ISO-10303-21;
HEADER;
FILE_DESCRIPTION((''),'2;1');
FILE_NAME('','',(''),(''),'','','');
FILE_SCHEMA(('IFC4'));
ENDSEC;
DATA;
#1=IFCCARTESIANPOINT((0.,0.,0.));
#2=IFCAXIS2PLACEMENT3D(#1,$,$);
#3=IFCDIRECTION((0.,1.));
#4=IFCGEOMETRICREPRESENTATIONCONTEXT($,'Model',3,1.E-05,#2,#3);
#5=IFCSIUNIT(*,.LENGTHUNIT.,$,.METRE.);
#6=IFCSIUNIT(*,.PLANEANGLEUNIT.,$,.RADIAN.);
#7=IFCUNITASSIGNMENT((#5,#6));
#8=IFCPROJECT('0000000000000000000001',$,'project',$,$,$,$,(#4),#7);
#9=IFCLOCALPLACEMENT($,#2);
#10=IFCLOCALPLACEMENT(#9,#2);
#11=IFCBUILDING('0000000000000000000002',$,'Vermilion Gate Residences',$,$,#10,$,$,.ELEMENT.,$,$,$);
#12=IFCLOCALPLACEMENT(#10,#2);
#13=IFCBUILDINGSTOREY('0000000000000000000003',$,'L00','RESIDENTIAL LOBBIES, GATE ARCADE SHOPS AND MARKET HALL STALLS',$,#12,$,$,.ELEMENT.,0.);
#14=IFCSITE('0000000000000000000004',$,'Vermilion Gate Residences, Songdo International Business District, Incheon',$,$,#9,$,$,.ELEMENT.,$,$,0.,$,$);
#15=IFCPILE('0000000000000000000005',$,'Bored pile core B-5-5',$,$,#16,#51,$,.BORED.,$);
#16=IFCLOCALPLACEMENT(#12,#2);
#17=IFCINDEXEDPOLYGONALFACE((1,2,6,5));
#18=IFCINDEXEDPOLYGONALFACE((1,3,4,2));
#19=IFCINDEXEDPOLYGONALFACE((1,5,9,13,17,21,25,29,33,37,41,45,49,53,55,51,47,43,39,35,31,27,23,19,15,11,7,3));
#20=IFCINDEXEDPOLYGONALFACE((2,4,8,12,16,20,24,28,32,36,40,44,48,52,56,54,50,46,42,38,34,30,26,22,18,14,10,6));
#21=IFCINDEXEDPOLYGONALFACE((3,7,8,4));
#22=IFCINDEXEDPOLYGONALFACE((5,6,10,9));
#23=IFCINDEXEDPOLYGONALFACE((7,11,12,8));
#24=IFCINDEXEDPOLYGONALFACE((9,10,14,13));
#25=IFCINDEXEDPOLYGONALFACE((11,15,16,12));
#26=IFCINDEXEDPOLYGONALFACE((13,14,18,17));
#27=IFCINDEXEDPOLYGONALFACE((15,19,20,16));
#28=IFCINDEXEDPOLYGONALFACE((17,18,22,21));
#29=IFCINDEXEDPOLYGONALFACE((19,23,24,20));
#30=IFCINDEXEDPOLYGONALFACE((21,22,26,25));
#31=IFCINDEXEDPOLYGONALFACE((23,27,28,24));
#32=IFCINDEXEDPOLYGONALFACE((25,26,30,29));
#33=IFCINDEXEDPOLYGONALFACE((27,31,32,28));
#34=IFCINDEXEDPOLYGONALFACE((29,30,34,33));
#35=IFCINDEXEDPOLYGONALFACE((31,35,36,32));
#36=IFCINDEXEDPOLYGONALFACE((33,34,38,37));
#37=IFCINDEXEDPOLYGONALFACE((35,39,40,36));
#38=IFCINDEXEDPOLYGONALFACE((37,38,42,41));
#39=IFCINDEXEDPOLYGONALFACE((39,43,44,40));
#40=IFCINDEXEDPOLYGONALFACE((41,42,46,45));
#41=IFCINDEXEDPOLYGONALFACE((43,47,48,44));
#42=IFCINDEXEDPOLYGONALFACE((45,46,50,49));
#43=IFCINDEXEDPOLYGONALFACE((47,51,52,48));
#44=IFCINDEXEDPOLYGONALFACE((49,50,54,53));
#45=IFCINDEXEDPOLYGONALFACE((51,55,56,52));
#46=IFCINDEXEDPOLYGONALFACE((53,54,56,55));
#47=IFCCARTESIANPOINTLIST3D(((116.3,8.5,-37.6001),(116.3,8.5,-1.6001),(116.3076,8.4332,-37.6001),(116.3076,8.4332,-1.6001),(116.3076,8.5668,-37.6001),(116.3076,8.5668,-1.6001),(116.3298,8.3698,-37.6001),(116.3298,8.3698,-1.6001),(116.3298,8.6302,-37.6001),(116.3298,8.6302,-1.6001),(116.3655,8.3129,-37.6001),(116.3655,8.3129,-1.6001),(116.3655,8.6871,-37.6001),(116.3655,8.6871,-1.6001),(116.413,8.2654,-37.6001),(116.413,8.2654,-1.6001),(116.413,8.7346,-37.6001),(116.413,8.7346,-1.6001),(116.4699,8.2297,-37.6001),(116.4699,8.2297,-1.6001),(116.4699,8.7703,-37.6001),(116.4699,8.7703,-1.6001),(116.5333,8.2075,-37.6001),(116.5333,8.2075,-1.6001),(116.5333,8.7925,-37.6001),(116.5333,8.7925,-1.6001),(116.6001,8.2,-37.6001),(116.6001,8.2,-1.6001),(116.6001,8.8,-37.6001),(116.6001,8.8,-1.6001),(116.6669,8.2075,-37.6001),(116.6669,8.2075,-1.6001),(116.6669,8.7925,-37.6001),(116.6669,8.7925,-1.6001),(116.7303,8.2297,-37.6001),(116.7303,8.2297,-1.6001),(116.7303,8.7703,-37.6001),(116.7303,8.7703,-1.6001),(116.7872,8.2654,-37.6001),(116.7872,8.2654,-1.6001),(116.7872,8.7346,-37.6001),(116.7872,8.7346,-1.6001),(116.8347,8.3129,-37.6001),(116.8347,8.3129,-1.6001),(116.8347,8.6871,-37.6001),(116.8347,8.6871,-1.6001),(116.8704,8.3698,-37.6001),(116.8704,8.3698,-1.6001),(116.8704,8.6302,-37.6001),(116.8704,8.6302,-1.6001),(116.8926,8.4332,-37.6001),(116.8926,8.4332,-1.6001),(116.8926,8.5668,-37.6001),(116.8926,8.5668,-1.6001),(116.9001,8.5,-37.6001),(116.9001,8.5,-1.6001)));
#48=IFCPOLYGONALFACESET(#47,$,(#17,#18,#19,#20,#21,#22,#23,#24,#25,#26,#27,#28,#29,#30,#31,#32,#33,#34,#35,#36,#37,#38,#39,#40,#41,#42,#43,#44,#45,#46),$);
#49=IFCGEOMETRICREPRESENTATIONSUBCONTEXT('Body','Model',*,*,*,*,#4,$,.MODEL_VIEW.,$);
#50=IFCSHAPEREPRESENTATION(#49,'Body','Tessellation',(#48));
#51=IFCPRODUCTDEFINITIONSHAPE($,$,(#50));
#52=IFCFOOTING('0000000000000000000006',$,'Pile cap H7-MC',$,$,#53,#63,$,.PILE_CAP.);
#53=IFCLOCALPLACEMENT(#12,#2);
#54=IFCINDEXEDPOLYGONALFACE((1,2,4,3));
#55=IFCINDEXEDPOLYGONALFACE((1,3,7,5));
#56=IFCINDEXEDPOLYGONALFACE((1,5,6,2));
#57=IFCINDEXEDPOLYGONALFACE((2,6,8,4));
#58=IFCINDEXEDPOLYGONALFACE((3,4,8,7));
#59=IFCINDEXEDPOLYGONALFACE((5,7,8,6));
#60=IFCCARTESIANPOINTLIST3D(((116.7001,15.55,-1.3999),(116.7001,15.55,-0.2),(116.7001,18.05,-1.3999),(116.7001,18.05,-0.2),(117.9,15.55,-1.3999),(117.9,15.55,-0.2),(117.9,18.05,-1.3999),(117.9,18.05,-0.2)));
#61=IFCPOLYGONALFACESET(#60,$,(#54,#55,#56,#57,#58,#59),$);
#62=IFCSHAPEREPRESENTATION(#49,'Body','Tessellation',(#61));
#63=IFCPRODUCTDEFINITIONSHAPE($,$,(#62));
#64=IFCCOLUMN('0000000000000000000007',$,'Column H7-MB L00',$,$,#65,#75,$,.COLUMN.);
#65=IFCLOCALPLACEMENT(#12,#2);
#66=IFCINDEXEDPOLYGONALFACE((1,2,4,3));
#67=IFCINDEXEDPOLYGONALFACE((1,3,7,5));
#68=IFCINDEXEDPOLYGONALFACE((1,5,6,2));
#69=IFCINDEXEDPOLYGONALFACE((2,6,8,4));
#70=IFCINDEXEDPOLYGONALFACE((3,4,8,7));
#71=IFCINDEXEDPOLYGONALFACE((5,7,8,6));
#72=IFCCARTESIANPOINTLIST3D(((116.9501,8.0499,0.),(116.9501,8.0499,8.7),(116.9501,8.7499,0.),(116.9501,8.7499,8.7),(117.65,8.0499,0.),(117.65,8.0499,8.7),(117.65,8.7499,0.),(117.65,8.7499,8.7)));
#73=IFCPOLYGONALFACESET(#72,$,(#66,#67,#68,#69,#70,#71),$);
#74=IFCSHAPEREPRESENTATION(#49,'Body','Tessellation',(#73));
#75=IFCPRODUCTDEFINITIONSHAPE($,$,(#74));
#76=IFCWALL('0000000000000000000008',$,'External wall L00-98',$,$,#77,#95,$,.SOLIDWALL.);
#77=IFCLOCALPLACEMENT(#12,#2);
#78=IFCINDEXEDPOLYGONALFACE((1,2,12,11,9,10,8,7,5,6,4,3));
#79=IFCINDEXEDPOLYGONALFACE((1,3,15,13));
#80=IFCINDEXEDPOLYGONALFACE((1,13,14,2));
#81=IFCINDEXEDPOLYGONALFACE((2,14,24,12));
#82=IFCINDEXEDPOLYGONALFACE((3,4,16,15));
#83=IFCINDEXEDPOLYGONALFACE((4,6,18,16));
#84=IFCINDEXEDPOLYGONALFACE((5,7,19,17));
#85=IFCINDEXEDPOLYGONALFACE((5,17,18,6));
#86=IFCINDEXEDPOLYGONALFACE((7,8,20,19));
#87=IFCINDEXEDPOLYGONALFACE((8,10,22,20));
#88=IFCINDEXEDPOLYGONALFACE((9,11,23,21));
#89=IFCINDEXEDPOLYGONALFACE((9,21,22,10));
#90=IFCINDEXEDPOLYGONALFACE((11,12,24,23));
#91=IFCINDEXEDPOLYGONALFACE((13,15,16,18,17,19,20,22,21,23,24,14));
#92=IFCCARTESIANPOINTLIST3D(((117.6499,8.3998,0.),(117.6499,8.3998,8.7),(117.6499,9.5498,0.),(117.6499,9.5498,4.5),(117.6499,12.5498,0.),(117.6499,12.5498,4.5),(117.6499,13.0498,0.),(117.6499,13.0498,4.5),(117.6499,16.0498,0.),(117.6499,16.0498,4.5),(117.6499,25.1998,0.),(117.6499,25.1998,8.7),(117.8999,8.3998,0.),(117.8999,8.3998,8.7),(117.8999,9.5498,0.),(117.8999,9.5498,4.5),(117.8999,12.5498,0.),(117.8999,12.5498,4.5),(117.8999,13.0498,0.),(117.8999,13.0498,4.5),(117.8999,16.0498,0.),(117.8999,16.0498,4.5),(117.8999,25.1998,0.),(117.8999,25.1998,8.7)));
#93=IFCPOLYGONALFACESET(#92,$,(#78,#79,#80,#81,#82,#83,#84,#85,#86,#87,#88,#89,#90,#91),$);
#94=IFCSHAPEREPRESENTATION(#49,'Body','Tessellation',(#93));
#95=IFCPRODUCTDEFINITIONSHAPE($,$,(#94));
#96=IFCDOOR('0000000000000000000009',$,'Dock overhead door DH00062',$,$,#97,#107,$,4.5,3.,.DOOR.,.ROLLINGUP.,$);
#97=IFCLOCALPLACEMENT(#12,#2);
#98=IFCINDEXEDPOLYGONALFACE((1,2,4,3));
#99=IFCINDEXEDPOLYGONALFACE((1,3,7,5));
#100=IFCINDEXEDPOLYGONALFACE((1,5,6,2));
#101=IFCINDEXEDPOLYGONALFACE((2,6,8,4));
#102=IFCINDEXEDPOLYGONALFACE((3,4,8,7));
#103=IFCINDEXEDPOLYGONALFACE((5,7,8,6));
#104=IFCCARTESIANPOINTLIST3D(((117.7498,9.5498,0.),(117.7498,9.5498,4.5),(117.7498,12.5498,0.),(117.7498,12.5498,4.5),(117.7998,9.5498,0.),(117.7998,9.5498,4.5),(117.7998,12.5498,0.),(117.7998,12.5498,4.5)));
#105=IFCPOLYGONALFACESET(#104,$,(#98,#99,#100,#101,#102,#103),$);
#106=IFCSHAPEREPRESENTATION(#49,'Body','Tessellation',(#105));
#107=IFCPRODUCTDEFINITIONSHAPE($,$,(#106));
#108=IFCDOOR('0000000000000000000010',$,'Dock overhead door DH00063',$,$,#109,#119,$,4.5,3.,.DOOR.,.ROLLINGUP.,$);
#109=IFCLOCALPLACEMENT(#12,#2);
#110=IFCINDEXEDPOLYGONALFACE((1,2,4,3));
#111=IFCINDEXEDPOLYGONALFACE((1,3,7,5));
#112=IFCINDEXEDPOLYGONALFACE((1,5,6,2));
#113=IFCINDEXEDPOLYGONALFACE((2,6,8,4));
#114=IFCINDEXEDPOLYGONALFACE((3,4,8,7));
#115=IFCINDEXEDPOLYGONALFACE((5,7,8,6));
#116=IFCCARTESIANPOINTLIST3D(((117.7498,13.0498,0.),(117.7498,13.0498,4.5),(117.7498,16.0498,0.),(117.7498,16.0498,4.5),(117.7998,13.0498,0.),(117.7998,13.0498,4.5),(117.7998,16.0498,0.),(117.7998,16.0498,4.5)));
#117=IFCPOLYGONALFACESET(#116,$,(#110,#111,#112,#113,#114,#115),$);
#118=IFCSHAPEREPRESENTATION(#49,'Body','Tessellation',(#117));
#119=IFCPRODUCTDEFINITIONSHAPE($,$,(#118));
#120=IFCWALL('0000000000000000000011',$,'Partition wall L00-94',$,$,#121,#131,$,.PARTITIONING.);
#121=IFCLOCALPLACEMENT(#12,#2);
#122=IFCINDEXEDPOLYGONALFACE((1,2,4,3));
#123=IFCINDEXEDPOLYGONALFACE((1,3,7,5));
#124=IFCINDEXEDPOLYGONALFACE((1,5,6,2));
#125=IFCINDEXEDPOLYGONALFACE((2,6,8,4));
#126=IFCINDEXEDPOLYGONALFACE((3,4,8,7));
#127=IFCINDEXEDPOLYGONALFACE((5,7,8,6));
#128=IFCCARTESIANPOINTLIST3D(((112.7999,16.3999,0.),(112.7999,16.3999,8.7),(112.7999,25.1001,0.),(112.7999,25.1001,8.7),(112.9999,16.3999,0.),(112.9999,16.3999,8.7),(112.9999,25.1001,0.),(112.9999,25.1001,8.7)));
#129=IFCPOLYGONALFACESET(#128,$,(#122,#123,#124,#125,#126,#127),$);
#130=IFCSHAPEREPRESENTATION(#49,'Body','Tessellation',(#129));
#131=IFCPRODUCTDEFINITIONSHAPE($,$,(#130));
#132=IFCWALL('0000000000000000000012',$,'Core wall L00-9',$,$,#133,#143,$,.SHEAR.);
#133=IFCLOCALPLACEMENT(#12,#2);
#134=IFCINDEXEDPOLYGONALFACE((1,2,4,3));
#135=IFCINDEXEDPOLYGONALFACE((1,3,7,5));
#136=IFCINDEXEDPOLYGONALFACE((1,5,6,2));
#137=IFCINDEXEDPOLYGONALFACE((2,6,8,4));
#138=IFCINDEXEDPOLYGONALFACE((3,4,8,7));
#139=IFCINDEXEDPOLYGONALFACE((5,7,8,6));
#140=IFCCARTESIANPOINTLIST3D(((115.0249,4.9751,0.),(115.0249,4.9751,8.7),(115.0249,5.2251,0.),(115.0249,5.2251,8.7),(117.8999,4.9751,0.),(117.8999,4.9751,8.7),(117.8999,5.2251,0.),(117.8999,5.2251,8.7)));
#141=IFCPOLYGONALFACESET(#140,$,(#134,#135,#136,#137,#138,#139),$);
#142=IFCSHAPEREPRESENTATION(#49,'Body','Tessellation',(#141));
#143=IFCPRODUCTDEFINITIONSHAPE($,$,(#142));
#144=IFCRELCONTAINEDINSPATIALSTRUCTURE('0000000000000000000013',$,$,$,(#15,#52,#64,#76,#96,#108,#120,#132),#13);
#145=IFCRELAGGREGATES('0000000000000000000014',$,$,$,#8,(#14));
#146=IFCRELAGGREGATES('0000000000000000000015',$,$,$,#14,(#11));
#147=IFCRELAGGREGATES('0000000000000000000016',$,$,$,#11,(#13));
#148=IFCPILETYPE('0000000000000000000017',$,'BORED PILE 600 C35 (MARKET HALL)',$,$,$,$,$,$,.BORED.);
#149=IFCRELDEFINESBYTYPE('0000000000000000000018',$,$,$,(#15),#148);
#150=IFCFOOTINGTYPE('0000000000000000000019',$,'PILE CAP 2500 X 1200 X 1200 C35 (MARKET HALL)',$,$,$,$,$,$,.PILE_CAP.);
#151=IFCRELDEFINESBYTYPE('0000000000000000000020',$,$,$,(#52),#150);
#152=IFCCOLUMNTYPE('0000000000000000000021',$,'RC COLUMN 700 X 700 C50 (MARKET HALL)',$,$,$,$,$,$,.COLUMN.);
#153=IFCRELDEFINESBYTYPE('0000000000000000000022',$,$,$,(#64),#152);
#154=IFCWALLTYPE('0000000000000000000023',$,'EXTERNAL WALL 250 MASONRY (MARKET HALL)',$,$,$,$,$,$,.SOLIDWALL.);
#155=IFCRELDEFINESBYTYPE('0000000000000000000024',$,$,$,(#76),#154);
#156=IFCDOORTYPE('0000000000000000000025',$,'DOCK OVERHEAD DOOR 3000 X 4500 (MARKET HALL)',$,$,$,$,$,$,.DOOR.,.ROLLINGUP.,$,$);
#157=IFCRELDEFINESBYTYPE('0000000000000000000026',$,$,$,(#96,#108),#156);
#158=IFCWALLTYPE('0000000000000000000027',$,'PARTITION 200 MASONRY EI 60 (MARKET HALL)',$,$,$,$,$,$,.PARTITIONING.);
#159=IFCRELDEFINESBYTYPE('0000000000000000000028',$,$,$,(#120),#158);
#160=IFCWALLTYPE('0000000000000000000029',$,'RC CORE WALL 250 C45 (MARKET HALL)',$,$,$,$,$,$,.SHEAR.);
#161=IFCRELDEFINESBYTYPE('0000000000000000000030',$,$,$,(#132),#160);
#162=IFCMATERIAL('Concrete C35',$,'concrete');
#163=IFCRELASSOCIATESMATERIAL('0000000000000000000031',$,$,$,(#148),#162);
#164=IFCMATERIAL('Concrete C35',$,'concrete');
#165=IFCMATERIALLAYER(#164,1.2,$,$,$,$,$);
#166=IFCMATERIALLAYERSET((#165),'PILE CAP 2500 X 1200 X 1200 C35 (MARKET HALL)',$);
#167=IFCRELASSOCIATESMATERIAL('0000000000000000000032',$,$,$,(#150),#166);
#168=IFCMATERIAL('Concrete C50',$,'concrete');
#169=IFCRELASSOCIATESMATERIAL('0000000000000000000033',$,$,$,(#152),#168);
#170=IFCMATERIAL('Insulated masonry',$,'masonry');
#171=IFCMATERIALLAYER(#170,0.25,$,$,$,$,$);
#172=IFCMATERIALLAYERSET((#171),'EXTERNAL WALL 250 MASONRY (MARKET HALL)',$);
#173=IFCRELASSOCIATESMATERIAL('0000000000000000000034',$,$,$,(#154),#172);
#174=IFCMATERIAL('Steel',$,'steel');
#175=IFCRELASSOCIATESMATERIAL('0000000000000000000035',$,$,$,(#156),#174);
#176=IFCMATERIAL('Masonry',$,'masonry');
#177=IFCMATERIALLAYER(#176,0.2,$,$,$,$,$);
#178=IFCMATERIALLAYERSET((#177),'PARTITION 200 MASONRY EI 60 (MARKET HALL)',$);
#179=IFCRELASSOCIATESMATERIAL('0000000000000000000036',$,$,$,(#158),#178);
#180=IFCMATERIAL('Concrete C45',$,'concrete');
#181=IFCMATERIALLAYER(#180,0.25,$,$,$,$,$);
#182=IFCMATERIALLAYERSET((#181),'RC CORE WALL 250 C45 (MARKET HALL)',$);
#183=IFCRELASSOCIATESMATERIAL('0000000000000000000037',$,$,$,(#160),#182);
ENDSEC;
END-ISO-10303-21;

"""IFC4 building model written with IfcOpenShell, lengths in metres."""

from ifc_helpers import new_model, si_unit, direction, frame, frame_2d, origin, origin_2d, place, context, subcontext, project, spatial, rectangle, circle, extrude, material, layer, layer_set, material_profile, profile_set, type_object, element, fill, save


model = new_model("IFC4")

# Units and contexts
model_context = context("Model", 3, precision=1e-05, world=origin(), true_north=direction((0.0, 1.0)))
body_context = subcontext(model_context, "Body", "Model", "MODEL_VIEW")
ifc_project = project(units=[si_unit("LENGTHUNIT", "METRE"), si_unit("PLANEANGLEUNIT", "RADIAN")], contexts=[model_context])

# Site, building, storey
site_placement = place(None, origin())
site = spatial("IfcSite", under=ifc_project, at=site_placement, Name="Vermilion Gate Residences, Songdo International Business District, Incheon", CompositionType="ELEMENT", RefElevation=0.0)
building_placement = place(site_placement, origin())
building = spatial("IfcBuilding", under=site, at=building_placement, Name="Vermilion Gate Residences", CompositionType="ELEMENT")
storey_placement = place(building_placement, origin())
storey = spatial("IfcBuildingStorey", under=building, at=storey_placement, Name="L00", Description="RESIDENTIAL LOBBIES, GATE ARCADE SHOPS AND MARKET HALL STALLS", CompositionType="ELEMENT", Elevation=0.0)

# Pile
ifc_material_1 = material(Name="Concrete C35", Category="concrete")
ifc_material_profile_1 = material_profile(ifc_material_1, circle(Radius=0.3, at=origin_2d()), Name="BORED PILE 600 C35 (MARKET HALL)")
ifc_profile_set_1 = profile_set([ifc_material_profile_1], Name="Concrete C35")
pile_type = type_object("IfcPileType", Name="BORED PILE 600 C35 (MARKET HALL)", PredefinedType="BORED", material=ifc_profile_set_1)
for number, where, z_axis, x_axis, name in (
    (1, (116.6001, 8.5, -1.6001), (0.0, 0.0, -1.0), (1.0, 0.0, 0.0), "Bored pile core B-5-5"),
):
    element("IfcPile", number, at=place(storey_placement, frame(where, z_axis=z_axis, x_axis=x_axis)), inside=storey, type_object=pile_type, Name=name, PredefinedType="BORED", context=body_context, shape_type="SweptSolid", body=[
        extrude(circle(Radius=0.3, at=origin_2d()), origin(), (0.0, 0.0, 1.0), 36.0),
    ])

# Footing
ifc_material_2 = material(Name="Concrete C35", Category="concrete")
ifc_layer_1 = layer(ifc_material_2, 1.2)
ifc_layer_set_1 = layer_set([ifc_layer_1], Name="PILE CAP 2500 X 1200 X 1200 C35 (MARKET HALL)")
footing_type = type_object("IfcFootingType", Name="PILE CAP 2500 X 1200 X 1200 C35 (MARKET HALL)", PredefinedType="PILE_CAP", material=ifc_layer_set_1)
footing_placement = place(storey_placement, frame((117.3, 16.8, -1.3999), z_axis=(0.0, 0.0, 1.0), x_axis=(1.0, 0.0, 0.0)))
element("IfcFooting", 2, at=footing_placement, inside=storey, type_object=footing_type, Name="Pile cap H7-MC", PredefinedType="PILE_CAP", context=body_context, shape_type="SweptSolid", body=[
    extrude(rectangle(XDim=1.2, YDim=2.5, at=origin_2d()), origin(), (0.0, 0.0, 1.0), 1.2),
])

# Column
ifc_material_3 = material(Name="Concrete C50", Category="concrete")
ifc_material_profile_2 = material_profile(ifc_material_3, rectangle(XDim=0.7, YDim=0.7, at=origin_2d()), Name="RC COLUMN 700 X 700 C50 (MARKET HALL)")
ifc_profile_set_2 = profile_set([ifc_material_profile_2], Name="Concrete C50")
column_type = type_object("IfcColumnType", Name="RC COLUMN 700 X 700 C50 (MARKET HALL)", PredefinedType="COLUMN", material=ifc_profile_set_2)
column_placement = place(storey_placement, frame((117.3, 8.3999, 0.0), z_axis=(0.0, 0.0, 1.0), x_axis=(1.0, 0.0, 0.0)))
element("IfcColumn", 3, at=column_placement, inside=storey, type_object=column_type, Name="Column H7-MB L00", PredefinedType="COLUMN", context=body_context, shape_type="SweptSolid", body=[
    extrude(rectangle(XDim=0.7, YDim=0.7, at=origin_2d()), origin(), (0.0, 0.0, 1.0), 8.7),
])

# Wall, openings, doors
ifc_material_4 = material(Name="Insulated masonry", Category="masonry")
ifc_layer_2 = layer(ifc_material_4, 0.25)
ifc_layer_set_2 = layer_set([ifc_layer_2], Name="EXTERNAL WALL 250 MASONRY (MARKET HALL)")
wall_type_1 = type_object("IfcWallType", Name="EXTERNAL WALL 250 MASONRY (MARKET HALL)", PredefinedType="SOLIDWALL", material=ifc_layer_set_2)
wall_1_placement = place(storey_placement, frame((117.7749, 8.3999, 0.0), z_axis=(0.0, 0.0, 1.0), x_axis=(0.0, 1.0, 0.0)))
wall_1 = element("IfcWall", 4, at=wall_1_placement, inside=storey, type_object=wall_type_1, Name="External wall L00-98", PredefinedType="SOLIDWALL", context=body_context, shape_type="SweptSolid", body=[
    extrude(rectangle(XDim=16.8, YDim=0.25, at=frame_2d((8.3999, 0.0))), origin(), (0.0, 0.0, 1.0), 8.7),
])
opening_1_placement = place(wall_1_placement, frame((1.1499, 0.0, 0.0)))
opening_1 = element("IfcOpeningElement", 5, at=opening_1_placement, cuts=wall_1, PredefinedType="OPENING", context=body_context, shape_type="SweptSolid", body=[
    extrude(rectangle(XDim=3.0, YDim=4.5, at=frame_2d((1.5, 2.25))), frame((0.0, 0.135, 0.0), z_axis=(0.0, -1.0, 0.0), x_axis=(1.0, 0.0, 0.0)), (0.0, 0.0, 1.0), 0.27),
])
opening_2_placement = place(wall_1_placement, frame((4.6499, 0.0, 0.0)))
opening_2 = element("IfcOpeningElement", 6, at=opening_2_placement, cuts=wall_1, PredefinedType="OPENING", context=body_context, shape_type="SweptSolid", body=[
    extrude(rectangle(XDim=3.0, YDim=4.5, at=frame_2d((1.5, 2.25))), frame((0.0, 0.135, 0.0), z_axis=(0.0, -1.0, 0.0), x_axis=(1.0, 0.0, 0.0)), (0.0, 0.0, 1.0), 0.27),
])
ifc_material_5 = material(Name="Steel", Category="steel")
door_type_1 = type_object("IfcDoorType", Name="DOCK OVERHEAD DOOR 3000 X 4500 (MARKET HALL)", OperationType="ROLLINGUP", PredefinedType="DOOR", material=ifc_material_5)
door_1_placement = place(opening_1_placement, frame((3.0, 0.0, 0.0), z_axis=(0.0, 0.0, 1.0), x_axis=(-1.0, 0.0, 0.0)))
door_1 = element("IfcDoor", 7, at=door_1_placement, inside=storey, type_object=door_type_1, Name="Dock overhead door DH00062", OperationType="ROLLINGUP", OverallHeight=4.5, OverallWidth=3.0, PredefinedType="DOOR", context=body_context, shape_type="SweptSolid", body=[
    extrude(rectangle(XDim=3.0, YDim=4.5, at=frame_2d((1.5, 2.25))), frame((0.0, 0.0249, 0.0), z_axis=(0.0, -1.0, 0.0), x_axis=(1.0, 0.0, 0.0)), (0.0, 0.0, 1.0), 0.05),
])
fill(opening_1, door_1)
door_2_placement = place(opening_2_placement, frame((3.0, 0.0, 0.0), z_axis=(0.0, 0.0, 1.0), x_axis=(-1.0, 0.0, 0.0)))
door_2 = element("IfcDoor", 8, at=door_2_placement, inside=storey, type_object=door_type_1, Name="Dock overhead door DH00063", OperationType="ROLLINGUP", OverallHeight=4.5, OverallWidth=3.0, PredefinedType="DOOR", context=body_context, shape_type="SweptSolid", body=[
    extrude(rectangle(XDim=3.0, YDim=4.5, at=frame_2d((1.5, 2.25))), frame((0.0, 0.0249, 0.0), z_axis=(0.0, -1.0, 0.0), x_axis=(1.0, 0.0, 0.0)), (0.0, 0.0, 1.0), 0.05),
])
fill(opening_2, door_2)

# Walls
ifc_material_6 = material(Name="Masonry", Category="masonry")
ifc_layer_3 = layer(ifc_material_6, 0.2)
ifc_layer_set_3 = layer_set([ifc_layer_3], Name="PARTITION 200 MASONRY EI 60 (MARKET HALL)")
wall_type_2 = type_object("IfcWallType", Name="PARTITION 200 MASONRY EI 60 (MARKET HALL)", PredefinedType="PARTITIONING", material=ifc_layer_set_3)
wall_2_placement = place(storey_placement, frame((112.8999, 16.3999, 0.0), z_axis=(0.0, 0.0, 1.0), x_axis=(0.0, 1.0, 0.0)))
element("IfcWall", 9, at=wall_2_placement, inside=storey, type_object=wall_type_2, Name="Partition wall L00-94", PredefinedType="PARTITIONING", context=body_context, shape_type="SweptSolid", body=[
    extrude(rectangle(XDim=8.7002, YDim=0.2, at=frame_2d((4.3501, 0.0))), origin(), (0.0, 0.0, 1.0), 8.7),
])
ifc_material_7 = material(Name="Concrete C45", Category="concrete")
ifc_layer_4 = layer(ifc_material_7, 0.25)
ifc_layer_set_4 = layer_set([ifc_layer_4], Name="RC CORE WALL 250 C45 (MARKET HALL)")
wall_type_3 = type_object("IfcWallType", Name="RC CORE WALL 250 C45 (MARKET HALL)", PredefinedType="SHEAR", material=ifc_layer_set_4)
wall_3_placement = place(storey_placement, frame((115.0249, 5.1001, 0.0), z_axis=(0.0, 0.0, 1.0), x_axis=(1.0, 0.0, 0.0)))
element("IfcWall", 10, at=wall_3_placement, inside=storey, type_object=wall_type_3, Name="Core wall L00-9", PredefinedType="SHEAR", context=body_context, shape_type="SweptSolid", body=[
    extrude(rectangle(XDim=2.875, YDim=0.25, at=frame_2d((1.4375, 0.0))), origin(), (0.0, 0.0, 1.0), 8.7),
])

save(model, "model.ifc")
